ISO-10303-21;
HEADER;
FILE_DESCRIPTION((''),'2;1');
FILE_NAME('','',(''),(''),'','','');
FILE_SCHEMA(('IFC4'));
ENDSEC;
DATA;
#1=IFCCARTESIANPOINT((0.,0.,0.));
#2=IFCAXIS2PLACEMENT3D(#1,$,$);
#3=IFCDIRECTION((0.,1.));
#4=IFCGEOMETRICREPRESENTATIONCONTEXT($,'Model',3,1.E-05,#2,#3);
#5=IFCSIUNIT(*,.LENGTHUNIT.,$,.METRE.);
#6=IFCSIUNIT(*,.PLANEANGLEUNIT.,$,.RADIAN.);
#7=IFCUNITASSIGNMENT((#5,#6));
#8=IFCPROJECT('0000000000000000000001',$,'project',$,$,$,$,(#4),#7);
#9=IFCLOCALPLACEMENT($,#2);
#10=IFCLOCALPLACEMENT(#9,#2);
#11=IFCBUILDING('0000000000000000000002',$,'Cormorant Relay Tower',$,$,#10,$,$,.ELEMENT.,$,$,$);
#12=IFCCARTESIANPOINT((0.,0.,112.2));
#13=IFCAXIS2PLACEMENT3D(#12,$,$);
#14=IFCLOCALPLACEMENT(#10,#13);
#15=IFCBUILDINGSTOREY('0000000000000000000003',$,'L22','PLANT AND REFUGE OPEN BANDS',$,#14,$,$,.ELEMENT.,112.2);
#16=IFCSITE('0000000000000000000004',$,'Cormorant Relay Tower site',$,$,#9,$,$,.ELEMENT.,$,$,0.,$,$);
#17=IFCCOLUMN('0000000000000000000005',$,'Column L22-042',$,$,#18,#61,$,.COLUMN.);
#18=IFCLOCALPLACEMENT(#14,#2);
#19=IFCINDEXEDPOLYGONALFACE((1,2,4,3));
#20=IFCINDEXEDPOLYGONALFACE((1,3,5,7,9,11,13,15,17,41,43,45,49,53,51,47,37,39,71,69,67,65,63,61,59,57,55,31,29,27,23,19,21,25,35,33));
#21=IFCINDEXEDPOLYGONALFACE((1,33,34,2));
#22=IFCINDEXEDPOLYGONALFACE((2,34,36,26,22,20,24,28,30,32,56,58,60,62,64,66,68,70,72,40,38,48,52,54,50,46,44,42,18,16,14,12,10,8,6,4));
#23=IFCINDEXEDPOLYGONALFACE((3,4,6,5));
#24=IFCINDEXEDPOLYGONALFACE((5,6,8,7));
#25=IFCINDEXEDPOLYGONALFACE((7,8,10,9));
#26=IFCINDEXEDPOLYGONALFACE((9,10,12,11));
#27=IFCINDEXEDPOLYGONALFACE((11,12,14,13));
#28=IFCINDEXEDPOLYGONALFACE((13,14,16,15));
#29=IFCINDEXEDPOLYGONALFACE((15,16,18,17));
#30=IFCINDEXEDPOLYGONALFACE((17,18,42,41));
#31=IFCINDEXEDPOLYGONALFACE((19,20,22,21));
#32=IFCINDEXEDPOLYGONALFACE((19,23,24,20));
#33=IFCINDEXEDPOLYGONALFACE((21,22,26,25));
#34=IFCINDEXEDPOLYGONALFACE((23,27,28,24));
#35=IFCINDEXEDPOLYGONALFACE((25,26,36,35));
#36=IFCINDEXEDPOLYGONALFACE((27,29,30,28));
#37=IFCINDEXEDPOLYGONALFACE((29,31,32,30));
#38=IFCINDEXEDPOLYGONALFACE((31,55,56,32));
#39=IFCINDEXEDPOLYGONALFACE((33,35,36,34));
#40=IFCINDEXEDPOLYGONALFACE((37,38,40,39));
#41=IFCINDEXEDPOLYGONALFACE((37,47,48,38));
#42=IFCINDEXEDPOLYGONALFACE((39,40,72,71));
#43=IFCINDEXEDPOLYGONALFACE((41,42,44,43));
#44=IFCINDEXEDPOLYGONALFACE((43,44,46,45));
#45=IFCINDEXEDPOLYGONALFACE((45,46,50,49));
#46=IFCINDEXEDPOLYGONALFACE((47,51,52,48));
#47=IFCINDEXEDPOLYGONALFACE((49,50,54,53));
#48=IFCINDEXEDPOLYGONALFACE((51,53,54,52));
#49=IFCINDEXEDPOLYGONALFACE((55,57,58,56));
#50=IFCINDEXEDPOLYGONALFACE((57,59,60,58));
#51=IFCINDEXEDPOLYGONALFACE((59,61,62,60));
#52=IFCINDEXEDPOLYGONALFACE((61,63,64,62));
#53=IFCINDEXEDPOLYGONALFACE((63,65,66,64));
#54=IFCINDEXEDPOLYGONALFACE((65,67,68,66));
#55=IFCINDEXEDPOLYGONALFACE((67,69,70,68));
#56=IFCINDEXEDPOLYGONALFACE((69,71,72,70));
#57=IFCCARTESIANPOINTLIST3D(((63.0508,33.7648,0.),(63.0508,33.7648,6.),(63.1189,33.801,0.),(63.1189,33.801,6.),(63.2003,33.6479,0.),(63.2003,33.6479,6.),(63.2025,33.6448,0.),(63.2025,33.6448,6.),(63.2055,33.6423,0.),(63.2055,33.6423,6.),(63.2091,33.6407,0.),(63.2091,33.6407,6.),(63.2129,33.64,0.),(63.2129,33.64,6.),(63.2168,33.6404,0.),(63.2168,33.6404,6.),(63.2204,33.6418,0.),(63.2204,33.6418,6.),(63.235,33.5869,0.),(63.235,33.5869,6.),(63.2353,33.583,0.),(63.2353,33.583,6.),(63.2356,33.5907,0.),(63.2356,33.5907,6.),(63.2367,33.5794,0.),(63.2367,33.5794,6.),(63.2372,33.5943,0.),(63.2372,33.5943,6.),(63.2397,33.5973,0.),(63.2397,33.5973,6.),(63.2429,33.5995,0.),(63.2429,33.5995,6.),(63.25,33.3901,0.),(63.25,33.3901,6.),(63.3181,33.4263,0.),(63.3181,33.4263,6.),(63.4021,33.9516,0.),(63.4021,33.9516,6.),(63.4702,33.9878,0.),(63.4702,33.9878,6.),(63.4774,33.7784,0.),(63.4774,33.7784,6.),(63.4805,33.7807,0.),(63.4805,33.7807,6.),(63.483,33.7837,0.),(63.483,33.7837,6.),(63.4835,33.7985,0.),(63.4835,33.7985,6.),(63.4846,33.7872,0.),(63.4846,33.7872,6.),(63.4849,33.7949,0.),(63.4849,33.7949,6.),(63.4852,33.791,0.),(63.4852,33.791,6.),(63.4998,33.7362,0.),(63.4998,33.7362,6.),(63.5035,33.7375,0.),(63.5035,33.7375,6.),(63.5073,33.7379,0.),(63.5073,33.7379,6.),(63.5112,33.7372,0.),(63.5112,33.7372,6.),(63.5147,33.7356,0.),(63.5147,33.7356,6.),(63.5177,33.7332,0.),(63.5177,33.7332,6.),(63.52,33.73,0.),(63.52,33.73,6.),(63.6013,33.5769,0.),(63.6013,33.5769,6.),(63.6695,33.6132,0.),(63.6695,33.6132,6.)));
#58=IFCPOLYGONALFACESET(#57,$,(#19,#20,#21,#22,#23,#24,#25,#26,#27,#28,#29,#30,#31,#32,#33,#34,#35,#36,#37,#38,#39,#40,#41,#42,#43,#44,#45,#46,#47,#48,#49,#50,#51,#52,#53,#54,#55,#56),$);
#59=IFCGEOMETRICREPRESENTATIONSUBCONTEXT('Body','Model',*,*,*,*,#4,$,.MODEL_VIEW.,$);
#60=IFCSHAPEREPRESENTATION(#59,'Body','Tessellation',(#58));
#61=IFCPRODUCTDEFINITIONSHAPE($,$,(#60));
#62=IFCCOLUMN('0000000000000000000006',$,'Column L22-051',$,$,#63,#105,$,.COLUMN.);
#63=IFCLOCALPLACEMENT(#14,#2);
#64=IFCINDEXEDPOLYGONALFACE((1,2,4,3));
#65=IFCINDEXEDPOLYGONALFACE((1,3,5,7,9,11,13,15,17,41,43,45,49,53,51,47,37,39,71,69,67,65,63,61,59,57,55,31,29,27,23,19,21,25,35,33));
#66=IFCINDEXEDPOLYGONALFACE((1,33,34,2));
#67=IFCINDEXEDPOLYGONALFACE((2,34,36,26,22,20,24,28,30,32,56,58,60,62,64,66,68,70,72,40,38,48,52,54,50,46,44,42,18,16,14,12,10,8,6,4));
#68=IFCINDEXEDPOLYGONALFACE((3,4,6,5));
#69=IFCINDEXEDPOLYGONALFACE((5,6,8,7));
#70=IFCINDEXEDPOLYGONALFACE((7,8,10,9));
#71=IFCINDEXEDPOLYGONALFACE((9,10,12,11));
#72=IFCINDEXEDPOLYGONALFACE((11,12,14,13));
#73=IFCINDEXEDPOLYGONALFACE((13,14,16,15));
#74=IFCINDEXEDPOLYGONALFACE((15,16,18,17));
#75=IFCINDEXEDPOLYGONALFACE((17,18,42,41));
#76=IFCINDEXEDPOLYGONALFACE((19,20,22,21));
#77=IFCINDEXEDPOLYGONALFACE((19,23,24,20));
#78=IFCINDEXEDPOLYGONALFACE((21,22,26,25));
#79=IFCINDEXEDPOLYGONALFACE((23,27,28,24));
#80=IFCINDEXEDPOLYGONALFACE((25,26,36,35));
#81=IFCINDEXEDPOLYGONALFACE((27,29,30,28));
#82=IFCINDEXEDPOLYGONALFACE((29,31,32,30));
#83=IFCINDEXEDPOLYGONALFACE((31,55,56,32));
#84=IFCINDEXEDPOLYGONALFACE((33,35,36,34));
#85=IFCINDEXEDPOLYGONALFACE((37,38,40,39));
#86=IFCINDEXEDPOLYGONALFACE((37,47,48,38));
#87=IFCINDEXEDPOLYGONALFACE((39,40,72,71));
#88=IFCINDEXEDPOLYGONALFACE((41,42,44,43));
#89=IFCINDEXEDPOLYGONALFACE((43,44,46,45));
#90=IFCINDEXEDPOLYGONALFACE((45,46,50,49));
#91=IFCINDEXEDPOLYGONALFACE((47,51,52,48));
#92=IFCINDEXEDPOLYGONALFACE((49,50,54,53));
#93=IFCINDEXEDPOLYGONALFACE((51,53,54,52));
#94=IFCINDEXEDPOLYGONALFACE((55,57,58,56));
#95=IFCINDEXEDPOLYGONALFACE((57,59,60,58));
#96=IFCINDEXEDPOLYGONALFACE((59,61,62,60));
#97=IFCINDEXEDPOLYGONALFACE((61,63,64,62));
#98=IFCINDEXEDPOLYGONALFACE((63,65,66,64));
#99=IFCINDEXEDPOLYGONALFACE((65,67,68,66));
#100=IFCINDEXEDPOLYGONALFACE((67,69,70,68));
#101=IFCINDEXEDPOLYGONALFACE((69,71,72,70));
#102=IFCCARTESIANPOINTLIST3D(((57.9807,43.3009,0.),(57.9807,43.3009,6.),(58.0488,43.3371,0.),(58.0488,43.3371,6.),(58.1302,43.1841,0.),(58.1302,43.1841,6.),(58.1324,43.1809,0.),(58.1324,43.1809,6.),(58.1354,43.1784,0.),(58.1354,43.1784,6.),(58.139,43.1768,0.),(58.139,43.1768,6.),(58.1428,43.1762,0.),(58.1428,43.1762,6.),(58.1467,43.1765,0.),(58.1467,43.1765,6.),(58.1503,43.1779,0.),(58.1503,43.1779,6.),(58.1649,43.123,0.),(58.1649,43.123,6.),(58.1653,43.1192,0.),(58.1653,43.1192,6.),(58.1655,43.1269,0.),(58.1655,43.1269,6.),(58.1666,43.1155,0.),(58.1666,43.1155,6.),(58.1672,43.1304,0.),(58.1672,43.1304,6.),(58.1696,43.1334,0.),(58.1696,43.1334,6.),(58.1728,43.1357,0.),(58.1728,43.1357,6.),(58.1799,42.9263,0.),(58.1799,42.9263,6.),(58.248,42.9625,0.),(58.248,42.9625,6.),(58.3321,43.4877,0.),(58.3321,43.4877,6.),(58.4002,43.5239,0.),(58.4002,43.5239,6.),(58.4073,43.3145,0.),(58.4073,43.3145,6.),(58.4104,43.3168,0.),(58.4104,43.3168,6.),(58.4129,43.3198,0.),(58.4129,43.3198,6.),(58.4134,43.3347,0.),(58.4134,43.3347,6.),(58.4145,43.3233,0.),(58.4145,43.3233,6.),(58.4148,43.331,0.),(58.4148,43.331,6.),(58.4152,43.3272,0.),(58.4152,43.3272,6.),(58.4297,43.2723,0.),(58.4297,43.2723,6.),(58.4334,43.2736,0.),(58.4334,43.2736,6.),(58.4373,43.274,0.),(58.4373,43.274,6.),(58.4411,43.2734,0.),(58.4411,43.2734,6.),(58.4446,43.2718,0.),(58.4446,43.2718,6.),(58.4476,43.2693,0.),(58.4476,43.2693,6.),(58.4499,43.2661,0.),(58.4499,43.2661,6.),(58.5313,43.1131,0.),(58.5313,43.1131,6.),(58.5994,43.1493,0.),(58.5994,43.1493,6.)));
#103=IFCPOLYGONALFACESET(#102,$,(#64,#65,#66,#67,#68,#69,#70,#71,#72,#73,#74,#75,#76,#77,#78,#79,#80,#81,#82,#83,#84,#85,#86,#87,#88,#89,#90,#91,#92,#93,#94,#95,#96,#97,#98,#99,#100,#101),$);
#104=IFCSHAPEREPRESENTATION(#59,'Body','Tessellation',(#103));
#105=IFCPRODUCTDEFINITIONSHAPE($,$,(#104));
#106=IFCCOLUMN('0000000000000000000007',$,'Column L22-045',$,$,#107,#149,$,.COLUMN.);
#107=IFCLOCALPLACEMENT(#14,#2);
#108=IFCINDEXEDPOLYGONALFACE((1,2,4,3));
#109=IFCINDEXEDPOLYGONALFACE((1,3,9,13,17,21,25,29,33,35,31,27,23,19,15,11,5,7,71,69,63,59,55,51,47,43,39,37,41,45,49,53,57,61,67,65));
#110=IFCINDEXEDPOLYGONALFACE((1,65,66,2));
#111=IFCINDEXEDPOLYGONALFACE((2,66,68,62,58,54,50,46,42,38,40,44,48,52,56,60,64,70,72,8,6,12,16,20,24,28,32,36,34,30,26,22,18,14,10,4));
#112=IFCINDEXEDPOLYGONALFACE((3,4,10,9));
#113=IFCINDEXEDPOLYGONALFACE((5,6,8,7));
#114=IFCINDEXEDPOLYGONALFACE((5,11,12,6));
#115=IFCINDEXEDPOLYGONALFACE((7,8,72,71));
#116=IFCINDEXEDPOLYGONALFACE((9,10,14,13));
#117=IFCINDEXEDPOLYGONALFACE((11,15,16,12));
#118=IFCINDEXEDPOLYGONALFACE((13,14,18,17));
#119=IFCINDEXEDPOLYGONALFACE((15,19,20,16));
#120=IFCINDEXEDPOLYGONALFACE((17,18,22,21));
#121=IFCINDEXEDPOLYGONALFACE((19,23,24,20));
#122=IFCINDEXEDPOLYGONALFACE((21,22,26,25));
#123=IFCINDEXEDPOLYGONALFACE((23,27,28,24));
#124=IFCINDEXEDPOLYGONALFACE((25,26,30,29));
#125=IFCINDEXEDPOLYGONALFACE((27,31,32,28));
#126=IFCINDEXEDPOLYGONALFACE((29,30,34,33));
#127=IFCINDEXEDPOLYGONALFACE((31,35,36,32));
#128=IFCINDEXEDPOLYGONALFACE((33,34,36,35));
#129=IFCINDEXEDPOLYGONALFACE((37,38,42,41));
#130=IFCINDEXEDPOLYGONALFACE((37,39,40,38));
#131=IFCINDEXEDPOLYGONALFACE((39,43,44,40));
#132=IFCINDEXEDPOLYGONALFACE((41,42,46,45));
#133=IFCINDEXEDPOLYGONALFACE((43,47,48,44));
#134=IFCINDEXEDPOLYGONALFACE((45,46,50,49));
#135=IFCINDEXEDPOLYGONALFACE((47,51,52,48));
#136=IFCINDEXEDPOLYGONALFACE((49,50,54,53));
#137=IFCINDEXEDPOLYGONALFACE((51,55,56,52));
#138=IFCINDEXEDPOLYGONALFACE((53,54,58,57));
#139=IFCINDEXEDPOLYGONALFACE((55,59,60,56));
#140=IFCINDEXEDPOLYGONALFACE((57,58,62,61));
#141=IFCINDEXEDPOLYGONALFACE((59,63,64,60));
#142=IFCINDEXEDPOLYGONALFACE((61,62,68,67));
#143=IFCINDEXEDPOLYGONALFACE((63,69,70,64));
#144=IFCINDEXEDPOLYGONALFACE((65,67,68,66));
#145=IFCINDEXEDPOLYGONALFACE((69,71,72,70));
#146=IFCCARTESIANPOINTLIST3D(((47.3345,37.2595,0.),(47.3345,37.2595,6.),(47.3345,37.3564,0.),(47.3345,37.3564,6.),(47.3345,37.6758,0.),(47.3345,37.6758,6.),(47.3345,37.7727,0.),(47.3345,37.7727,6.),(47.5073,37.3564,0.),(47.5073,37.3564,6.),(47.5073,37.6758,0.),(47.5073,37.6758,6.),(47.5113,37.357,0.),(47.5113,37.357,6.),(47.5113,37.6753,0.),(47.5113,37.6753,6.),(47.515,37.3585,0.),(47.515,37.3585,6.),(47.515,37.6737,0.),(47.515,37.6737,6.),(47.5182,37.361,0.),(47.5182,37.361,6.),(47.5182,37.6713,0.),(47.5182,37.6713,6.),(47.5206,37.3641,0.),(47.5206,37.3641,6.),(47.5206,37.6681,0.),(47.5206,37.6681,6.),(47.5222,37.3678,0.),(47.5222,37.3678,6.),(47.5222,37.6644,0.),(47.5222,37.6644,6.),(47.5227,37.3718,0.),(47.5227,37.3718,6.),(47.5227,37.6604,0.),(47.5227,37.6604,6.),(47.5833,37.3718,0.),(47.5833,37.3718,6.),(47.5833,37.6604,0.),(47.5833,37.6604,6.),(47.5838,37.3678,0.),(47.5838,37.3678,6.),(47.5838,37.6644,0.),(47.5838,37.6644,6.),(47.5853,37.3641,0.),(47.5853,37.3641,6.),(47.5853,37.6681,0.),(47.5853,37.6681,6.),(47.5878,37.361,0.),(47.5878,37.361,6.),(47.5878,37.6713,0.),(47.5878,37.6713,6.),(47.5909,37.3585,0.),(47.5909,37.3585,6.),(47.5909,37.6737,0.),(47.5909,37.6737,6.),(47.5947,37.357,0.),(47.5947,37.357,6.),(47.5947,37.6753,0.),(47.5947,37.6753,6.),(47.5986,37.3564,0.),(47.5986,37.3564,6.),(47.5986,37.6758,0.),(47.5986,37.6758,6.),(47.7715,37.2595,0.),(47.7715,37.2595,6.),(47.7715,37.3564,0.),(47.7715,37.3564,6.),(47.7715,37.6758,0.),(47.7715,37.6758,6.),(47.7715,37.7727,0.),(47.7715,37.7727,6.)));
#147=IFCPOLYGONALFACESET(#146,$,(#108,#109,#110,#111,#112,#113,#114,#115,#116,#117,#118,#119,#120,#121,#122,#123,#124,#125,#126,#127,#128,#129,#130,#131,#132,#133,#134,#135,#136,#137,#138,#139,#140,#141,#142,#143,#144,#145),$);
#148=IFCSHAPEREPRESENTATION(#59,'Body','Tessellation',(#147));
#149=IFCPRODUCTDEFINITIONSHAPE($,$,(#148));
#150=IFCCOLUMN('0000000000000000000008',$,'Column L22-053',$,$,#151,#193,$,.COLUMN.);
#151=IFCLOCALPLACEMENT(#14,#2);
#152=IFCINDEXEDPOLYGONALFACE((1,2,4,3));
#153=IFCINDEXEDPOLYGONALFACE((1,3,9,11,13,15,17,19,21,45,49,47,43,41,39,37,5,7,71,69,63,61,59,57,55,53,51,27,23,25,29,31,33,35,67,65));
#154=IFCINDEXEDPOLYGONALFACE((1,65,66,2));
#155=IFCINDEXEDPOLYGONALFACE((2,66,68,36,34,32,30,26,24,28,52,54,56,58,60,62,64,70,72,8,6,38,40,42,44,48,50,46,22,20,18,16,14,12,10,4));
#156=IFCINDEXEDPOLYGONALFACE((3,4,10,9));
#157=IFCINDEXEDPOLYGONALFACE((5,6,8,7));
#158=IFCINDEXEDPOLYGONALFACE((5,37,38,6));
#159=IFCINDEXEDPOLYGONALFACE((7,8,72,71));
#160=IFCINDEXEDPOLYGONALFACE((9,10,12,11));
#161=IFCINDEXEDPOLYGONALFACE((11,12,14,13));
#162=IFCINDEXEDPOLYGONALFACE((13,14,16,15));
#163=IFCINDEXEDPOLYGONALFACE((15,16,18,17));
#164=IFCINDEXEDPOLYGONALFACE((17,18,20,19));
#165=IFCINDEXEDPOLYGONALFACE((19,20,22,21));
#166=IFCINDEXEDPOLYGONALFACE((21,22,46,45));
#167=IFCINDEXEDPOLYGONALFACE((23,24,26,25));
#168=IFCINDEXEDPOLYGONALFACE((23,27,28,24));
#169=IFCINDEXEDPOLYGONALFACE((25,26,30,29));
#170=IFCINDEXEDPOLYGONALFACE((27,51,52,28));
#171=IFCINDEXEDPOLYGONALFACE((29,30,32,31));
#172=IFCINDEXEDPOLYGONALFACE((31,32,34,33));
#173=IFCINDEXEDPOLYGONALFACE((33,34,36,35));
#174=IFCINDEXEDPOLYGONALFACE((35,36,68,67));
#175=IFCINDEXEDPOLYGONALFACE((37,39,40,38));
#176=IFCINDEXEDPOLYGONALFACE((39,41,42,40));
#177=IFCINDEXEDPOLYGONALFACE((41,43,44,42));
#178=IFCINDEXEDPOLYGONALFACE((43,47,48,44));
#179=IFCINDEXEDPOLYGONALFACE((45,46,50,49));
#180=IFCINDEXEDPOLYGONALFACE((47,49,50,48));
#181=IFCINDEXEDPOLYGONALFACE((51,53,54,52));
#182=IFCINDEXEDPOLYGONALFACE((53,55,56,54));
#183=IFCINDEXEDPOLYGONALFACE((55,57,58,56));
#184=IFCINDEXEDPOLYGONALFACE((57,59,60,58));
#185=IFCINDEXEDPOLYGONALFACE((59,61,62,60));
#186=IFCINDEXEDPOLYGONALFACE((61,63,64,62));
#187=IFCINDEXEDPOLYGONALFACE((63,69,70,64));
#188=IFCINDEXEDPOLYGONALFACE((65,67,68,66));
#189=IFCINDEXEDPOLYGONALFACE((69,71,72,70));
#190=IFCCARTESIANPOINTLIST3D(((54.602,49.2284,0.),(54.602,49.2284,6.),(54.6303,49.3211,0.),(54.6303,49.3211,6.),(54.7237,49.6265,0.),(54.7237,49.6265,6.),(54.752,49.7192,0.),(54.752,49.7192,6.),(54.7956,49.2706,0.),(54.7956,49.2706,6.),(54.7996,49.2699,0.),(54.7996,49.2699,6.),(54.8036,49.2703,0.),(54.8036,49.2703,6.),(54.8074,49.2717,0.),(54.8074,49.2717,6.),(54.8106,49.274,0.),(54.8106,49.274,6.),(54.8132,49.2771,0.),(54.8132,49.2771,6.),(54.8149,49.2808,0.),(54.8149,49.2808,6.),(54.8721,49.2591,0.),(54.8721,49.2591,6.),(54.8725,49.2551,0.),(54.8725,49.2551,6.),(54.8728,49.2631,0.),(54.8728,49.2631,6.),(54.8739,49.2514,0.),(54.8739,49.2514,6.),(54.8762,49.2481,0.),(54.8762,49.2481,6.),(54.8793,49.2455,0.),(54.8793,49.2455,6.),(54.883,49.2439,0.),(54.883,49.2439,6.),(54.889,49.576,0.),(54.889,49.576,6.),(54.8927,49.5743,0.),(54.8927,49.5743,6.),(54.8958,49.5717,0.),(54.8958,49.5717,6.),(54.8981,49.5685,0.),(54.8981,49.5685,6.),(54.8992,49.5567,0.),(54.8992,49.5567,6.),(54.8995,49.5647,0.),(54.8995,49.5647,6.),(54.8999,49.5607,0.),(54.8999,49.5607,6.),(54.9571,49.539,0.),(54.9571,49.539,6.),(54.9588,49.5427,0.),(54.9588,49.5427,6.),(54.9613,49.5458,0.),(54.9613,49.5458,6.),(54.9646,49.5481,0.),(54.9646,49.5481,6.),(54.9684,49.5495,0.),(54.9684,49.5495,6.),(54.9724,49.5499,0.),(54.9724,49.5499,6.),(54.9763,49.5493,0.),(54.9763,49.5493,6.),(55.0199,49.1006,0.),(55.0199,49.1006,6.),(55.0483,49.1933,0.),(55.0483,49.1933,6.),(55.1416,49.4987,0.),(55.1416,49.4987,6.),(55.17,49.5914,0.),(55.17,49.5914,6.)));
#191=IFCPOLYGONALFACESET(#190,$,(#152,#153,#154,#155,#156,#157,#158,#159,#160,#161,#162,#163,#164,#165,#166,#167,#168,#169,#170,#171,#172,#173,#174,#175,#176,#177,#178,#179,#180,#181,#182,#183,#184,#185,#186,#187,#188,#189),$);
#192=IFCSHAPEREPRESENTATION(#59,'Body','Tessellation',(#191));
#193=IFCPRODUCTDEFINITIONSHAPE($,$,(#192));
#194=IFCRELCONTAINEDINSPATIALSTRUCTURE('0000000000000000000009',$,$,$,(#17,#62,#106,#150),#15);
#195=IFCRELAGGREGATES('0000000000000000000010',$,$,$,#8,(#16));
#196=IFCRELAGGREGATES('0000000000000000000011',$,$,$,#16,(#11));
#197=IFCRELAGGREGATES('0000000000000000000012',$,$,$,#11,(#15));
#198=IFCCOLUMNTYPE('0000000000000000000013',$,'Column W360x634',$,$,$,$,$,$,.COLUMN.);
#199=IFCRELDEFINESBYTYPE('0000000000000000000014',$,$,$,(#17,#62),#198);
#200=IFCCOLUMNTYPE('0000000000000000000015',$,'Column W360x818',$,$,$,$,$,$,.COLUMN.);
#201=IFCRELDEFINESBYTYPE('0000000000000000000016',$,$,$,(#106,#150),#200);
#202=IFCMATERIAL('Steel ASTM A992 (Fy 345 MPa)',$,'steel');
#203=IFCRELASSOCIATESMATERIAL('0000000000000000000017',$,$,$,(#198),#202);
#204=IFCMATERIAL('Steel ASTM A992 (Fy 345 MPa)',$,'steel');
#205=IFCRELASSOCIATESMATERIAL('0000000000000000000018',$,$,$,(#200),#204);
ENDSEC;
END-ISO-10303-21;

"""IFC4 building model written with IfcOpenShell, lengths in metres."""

from ifc_helpers import new_model, si_unit, direction, frame, origin, origin_2d, place, context, subcontext, project, spatial, i_section, extrude, material, material_profile, profile_set, type_object, element, save


model = new_model("IFC4")

# Units and contexts
model_context = context("Model", 3, precision=1e-05, world=origin(), true_north=direction((0.0, 1.0)))
body_context = subcontext(model_context, "Body", "Model", "MODEL_VIEW")
ifc_project = project(units=[si_unit("LENGTHUNIT", "METRE"), si_unit("PLANEANGLEUNIT", "RADIAN")], contexts=[model_context])

# Site, building, storey
site_placement = place(None, origin())
site = spatial("IfcSite", under=ifc_project, at=site_placement, Name="Cormorant Relay Tower site", CompositionType="ELEMENT", RefElevation=0.0)
building_placement = place(site_placement, origin())
building = spatial("IfcBuilding", under=site, at=building_placement, Name="Cormorant Relay Tower", CompositionType="ELEMENT")
storey_placement = place(building_placement, frame((0.0, 0.0, 112.2)))
storey = spatial("IfcBuildingStorey", under=building, at=storey_placement, Name="L22", Description="PLANT AND REFUGE OPEN BANDS", CompositionType="ELEMENT", Elevation=112.2)

# Columns
ifc_material_1 = material(Name="Steel ASTM A992 (Fy 345 MPa)", Category="steel")
ifc_material_profile_1 = material_profile(ifc_material_1, i_section(OverallWidth=0.4243, OverallDepth=0.4751, WebThickness=0.0479, FlangeThickness=0.0771, FilletRadius=0.0149, at=origin_2d()), Name="W360x634")
ifc_profile_set_1 = profile_set([ifc_material_profile_1], Name="Steel ASTM A992 (Fy 345 MPa)")
column_type_1 = type_object("IfcColumnType", Name="Column W360x634", PredefinedType="COLUMN", material=ifc_profile_set_1)
for number, where, z_axis, x_axis, name in (
    (1, (63.3601, 33.689, 0.0), (0.0, 0.0, 1.0), (-0.469472, 0.882948, 0.0), "Column L22-042"),
    (2, (58.29, 43.2251, 0.0), (0.0, 0.0, 1.0), (-0.469472, 0.882948, 0.0), "Column L22-051"),
):
    element("IfcColumn", number, at=place(storey_placement, frame(where, z_axis=z_axis, x_axis=x_axis)), inside=storey, type_object=column_type_1, Name=name, PredefinedType="COLUMN", context=body_context, shape_type="SweptSolid", body=[
        extrude(i_section(OverallWidth=0.4243, OverallDepth=0.4751, WebThickness=0.0479, FlangeThickness=0.0771, FilletRadius=0.0149, at=origin_2d()), origin(), (0.0, 0.0, 1.0), 6.0),
    ])
ifc_material_2 = material(Name="Steel ASTM A992 (Fy 345 MPa)", Category="steel")
ifc_material_profile_2 = material_profile(ifc_material_2, i_section(OverallWidth=0.437, OverallDepth=0.5132, WebThickness=0.0605, FlangeThickness=0.0969, FilletRadius=0.0154, at=origin_2d()), Name="W360x818")
ifc_profile_set_2 = profile_set([ifc_material_profile_2], Name="Steel ASTM A992 (Fy 345 MPa)")
column_type_2 = type_object("IfcColumnType", Name="Column W360x818", PredefinedType="COLUMN", material=ifc_profile_set_2)
for number, where, z_axis, x_axis, name in (
    (3, (47.553, 37.5161, 0.0), (0.0, 0.0, 1.0), (1.0, 0.0, 0.0), "Column L22-045"),
    (4, (54.886, 49.4099, 0.0), (0.0, 0.0, 1.0), (-0.956305, 0.292372, 0.0), "Column L22-053"),
):
    element("IfcColumn", number, at=place(storey_placement, frame(where, z_axis=z_axis, x_axis=x_axis)), inside=storey, type_object=column_type_2, Name=name, PredefinedType="COLUMN", context=body_context, shape_type="SweptSolid", body=[
        extrude(i_section(OverallWidth=0.437, OverallDepth=0.5132, WebThickness=0.0605, FlangeThickness=0.0969, FilletRadius=0.0154, at=origin_2d()), origin(), (0.0, 0.0, 1.0), 6.0),
    ])

save(model, "model.ifc")
